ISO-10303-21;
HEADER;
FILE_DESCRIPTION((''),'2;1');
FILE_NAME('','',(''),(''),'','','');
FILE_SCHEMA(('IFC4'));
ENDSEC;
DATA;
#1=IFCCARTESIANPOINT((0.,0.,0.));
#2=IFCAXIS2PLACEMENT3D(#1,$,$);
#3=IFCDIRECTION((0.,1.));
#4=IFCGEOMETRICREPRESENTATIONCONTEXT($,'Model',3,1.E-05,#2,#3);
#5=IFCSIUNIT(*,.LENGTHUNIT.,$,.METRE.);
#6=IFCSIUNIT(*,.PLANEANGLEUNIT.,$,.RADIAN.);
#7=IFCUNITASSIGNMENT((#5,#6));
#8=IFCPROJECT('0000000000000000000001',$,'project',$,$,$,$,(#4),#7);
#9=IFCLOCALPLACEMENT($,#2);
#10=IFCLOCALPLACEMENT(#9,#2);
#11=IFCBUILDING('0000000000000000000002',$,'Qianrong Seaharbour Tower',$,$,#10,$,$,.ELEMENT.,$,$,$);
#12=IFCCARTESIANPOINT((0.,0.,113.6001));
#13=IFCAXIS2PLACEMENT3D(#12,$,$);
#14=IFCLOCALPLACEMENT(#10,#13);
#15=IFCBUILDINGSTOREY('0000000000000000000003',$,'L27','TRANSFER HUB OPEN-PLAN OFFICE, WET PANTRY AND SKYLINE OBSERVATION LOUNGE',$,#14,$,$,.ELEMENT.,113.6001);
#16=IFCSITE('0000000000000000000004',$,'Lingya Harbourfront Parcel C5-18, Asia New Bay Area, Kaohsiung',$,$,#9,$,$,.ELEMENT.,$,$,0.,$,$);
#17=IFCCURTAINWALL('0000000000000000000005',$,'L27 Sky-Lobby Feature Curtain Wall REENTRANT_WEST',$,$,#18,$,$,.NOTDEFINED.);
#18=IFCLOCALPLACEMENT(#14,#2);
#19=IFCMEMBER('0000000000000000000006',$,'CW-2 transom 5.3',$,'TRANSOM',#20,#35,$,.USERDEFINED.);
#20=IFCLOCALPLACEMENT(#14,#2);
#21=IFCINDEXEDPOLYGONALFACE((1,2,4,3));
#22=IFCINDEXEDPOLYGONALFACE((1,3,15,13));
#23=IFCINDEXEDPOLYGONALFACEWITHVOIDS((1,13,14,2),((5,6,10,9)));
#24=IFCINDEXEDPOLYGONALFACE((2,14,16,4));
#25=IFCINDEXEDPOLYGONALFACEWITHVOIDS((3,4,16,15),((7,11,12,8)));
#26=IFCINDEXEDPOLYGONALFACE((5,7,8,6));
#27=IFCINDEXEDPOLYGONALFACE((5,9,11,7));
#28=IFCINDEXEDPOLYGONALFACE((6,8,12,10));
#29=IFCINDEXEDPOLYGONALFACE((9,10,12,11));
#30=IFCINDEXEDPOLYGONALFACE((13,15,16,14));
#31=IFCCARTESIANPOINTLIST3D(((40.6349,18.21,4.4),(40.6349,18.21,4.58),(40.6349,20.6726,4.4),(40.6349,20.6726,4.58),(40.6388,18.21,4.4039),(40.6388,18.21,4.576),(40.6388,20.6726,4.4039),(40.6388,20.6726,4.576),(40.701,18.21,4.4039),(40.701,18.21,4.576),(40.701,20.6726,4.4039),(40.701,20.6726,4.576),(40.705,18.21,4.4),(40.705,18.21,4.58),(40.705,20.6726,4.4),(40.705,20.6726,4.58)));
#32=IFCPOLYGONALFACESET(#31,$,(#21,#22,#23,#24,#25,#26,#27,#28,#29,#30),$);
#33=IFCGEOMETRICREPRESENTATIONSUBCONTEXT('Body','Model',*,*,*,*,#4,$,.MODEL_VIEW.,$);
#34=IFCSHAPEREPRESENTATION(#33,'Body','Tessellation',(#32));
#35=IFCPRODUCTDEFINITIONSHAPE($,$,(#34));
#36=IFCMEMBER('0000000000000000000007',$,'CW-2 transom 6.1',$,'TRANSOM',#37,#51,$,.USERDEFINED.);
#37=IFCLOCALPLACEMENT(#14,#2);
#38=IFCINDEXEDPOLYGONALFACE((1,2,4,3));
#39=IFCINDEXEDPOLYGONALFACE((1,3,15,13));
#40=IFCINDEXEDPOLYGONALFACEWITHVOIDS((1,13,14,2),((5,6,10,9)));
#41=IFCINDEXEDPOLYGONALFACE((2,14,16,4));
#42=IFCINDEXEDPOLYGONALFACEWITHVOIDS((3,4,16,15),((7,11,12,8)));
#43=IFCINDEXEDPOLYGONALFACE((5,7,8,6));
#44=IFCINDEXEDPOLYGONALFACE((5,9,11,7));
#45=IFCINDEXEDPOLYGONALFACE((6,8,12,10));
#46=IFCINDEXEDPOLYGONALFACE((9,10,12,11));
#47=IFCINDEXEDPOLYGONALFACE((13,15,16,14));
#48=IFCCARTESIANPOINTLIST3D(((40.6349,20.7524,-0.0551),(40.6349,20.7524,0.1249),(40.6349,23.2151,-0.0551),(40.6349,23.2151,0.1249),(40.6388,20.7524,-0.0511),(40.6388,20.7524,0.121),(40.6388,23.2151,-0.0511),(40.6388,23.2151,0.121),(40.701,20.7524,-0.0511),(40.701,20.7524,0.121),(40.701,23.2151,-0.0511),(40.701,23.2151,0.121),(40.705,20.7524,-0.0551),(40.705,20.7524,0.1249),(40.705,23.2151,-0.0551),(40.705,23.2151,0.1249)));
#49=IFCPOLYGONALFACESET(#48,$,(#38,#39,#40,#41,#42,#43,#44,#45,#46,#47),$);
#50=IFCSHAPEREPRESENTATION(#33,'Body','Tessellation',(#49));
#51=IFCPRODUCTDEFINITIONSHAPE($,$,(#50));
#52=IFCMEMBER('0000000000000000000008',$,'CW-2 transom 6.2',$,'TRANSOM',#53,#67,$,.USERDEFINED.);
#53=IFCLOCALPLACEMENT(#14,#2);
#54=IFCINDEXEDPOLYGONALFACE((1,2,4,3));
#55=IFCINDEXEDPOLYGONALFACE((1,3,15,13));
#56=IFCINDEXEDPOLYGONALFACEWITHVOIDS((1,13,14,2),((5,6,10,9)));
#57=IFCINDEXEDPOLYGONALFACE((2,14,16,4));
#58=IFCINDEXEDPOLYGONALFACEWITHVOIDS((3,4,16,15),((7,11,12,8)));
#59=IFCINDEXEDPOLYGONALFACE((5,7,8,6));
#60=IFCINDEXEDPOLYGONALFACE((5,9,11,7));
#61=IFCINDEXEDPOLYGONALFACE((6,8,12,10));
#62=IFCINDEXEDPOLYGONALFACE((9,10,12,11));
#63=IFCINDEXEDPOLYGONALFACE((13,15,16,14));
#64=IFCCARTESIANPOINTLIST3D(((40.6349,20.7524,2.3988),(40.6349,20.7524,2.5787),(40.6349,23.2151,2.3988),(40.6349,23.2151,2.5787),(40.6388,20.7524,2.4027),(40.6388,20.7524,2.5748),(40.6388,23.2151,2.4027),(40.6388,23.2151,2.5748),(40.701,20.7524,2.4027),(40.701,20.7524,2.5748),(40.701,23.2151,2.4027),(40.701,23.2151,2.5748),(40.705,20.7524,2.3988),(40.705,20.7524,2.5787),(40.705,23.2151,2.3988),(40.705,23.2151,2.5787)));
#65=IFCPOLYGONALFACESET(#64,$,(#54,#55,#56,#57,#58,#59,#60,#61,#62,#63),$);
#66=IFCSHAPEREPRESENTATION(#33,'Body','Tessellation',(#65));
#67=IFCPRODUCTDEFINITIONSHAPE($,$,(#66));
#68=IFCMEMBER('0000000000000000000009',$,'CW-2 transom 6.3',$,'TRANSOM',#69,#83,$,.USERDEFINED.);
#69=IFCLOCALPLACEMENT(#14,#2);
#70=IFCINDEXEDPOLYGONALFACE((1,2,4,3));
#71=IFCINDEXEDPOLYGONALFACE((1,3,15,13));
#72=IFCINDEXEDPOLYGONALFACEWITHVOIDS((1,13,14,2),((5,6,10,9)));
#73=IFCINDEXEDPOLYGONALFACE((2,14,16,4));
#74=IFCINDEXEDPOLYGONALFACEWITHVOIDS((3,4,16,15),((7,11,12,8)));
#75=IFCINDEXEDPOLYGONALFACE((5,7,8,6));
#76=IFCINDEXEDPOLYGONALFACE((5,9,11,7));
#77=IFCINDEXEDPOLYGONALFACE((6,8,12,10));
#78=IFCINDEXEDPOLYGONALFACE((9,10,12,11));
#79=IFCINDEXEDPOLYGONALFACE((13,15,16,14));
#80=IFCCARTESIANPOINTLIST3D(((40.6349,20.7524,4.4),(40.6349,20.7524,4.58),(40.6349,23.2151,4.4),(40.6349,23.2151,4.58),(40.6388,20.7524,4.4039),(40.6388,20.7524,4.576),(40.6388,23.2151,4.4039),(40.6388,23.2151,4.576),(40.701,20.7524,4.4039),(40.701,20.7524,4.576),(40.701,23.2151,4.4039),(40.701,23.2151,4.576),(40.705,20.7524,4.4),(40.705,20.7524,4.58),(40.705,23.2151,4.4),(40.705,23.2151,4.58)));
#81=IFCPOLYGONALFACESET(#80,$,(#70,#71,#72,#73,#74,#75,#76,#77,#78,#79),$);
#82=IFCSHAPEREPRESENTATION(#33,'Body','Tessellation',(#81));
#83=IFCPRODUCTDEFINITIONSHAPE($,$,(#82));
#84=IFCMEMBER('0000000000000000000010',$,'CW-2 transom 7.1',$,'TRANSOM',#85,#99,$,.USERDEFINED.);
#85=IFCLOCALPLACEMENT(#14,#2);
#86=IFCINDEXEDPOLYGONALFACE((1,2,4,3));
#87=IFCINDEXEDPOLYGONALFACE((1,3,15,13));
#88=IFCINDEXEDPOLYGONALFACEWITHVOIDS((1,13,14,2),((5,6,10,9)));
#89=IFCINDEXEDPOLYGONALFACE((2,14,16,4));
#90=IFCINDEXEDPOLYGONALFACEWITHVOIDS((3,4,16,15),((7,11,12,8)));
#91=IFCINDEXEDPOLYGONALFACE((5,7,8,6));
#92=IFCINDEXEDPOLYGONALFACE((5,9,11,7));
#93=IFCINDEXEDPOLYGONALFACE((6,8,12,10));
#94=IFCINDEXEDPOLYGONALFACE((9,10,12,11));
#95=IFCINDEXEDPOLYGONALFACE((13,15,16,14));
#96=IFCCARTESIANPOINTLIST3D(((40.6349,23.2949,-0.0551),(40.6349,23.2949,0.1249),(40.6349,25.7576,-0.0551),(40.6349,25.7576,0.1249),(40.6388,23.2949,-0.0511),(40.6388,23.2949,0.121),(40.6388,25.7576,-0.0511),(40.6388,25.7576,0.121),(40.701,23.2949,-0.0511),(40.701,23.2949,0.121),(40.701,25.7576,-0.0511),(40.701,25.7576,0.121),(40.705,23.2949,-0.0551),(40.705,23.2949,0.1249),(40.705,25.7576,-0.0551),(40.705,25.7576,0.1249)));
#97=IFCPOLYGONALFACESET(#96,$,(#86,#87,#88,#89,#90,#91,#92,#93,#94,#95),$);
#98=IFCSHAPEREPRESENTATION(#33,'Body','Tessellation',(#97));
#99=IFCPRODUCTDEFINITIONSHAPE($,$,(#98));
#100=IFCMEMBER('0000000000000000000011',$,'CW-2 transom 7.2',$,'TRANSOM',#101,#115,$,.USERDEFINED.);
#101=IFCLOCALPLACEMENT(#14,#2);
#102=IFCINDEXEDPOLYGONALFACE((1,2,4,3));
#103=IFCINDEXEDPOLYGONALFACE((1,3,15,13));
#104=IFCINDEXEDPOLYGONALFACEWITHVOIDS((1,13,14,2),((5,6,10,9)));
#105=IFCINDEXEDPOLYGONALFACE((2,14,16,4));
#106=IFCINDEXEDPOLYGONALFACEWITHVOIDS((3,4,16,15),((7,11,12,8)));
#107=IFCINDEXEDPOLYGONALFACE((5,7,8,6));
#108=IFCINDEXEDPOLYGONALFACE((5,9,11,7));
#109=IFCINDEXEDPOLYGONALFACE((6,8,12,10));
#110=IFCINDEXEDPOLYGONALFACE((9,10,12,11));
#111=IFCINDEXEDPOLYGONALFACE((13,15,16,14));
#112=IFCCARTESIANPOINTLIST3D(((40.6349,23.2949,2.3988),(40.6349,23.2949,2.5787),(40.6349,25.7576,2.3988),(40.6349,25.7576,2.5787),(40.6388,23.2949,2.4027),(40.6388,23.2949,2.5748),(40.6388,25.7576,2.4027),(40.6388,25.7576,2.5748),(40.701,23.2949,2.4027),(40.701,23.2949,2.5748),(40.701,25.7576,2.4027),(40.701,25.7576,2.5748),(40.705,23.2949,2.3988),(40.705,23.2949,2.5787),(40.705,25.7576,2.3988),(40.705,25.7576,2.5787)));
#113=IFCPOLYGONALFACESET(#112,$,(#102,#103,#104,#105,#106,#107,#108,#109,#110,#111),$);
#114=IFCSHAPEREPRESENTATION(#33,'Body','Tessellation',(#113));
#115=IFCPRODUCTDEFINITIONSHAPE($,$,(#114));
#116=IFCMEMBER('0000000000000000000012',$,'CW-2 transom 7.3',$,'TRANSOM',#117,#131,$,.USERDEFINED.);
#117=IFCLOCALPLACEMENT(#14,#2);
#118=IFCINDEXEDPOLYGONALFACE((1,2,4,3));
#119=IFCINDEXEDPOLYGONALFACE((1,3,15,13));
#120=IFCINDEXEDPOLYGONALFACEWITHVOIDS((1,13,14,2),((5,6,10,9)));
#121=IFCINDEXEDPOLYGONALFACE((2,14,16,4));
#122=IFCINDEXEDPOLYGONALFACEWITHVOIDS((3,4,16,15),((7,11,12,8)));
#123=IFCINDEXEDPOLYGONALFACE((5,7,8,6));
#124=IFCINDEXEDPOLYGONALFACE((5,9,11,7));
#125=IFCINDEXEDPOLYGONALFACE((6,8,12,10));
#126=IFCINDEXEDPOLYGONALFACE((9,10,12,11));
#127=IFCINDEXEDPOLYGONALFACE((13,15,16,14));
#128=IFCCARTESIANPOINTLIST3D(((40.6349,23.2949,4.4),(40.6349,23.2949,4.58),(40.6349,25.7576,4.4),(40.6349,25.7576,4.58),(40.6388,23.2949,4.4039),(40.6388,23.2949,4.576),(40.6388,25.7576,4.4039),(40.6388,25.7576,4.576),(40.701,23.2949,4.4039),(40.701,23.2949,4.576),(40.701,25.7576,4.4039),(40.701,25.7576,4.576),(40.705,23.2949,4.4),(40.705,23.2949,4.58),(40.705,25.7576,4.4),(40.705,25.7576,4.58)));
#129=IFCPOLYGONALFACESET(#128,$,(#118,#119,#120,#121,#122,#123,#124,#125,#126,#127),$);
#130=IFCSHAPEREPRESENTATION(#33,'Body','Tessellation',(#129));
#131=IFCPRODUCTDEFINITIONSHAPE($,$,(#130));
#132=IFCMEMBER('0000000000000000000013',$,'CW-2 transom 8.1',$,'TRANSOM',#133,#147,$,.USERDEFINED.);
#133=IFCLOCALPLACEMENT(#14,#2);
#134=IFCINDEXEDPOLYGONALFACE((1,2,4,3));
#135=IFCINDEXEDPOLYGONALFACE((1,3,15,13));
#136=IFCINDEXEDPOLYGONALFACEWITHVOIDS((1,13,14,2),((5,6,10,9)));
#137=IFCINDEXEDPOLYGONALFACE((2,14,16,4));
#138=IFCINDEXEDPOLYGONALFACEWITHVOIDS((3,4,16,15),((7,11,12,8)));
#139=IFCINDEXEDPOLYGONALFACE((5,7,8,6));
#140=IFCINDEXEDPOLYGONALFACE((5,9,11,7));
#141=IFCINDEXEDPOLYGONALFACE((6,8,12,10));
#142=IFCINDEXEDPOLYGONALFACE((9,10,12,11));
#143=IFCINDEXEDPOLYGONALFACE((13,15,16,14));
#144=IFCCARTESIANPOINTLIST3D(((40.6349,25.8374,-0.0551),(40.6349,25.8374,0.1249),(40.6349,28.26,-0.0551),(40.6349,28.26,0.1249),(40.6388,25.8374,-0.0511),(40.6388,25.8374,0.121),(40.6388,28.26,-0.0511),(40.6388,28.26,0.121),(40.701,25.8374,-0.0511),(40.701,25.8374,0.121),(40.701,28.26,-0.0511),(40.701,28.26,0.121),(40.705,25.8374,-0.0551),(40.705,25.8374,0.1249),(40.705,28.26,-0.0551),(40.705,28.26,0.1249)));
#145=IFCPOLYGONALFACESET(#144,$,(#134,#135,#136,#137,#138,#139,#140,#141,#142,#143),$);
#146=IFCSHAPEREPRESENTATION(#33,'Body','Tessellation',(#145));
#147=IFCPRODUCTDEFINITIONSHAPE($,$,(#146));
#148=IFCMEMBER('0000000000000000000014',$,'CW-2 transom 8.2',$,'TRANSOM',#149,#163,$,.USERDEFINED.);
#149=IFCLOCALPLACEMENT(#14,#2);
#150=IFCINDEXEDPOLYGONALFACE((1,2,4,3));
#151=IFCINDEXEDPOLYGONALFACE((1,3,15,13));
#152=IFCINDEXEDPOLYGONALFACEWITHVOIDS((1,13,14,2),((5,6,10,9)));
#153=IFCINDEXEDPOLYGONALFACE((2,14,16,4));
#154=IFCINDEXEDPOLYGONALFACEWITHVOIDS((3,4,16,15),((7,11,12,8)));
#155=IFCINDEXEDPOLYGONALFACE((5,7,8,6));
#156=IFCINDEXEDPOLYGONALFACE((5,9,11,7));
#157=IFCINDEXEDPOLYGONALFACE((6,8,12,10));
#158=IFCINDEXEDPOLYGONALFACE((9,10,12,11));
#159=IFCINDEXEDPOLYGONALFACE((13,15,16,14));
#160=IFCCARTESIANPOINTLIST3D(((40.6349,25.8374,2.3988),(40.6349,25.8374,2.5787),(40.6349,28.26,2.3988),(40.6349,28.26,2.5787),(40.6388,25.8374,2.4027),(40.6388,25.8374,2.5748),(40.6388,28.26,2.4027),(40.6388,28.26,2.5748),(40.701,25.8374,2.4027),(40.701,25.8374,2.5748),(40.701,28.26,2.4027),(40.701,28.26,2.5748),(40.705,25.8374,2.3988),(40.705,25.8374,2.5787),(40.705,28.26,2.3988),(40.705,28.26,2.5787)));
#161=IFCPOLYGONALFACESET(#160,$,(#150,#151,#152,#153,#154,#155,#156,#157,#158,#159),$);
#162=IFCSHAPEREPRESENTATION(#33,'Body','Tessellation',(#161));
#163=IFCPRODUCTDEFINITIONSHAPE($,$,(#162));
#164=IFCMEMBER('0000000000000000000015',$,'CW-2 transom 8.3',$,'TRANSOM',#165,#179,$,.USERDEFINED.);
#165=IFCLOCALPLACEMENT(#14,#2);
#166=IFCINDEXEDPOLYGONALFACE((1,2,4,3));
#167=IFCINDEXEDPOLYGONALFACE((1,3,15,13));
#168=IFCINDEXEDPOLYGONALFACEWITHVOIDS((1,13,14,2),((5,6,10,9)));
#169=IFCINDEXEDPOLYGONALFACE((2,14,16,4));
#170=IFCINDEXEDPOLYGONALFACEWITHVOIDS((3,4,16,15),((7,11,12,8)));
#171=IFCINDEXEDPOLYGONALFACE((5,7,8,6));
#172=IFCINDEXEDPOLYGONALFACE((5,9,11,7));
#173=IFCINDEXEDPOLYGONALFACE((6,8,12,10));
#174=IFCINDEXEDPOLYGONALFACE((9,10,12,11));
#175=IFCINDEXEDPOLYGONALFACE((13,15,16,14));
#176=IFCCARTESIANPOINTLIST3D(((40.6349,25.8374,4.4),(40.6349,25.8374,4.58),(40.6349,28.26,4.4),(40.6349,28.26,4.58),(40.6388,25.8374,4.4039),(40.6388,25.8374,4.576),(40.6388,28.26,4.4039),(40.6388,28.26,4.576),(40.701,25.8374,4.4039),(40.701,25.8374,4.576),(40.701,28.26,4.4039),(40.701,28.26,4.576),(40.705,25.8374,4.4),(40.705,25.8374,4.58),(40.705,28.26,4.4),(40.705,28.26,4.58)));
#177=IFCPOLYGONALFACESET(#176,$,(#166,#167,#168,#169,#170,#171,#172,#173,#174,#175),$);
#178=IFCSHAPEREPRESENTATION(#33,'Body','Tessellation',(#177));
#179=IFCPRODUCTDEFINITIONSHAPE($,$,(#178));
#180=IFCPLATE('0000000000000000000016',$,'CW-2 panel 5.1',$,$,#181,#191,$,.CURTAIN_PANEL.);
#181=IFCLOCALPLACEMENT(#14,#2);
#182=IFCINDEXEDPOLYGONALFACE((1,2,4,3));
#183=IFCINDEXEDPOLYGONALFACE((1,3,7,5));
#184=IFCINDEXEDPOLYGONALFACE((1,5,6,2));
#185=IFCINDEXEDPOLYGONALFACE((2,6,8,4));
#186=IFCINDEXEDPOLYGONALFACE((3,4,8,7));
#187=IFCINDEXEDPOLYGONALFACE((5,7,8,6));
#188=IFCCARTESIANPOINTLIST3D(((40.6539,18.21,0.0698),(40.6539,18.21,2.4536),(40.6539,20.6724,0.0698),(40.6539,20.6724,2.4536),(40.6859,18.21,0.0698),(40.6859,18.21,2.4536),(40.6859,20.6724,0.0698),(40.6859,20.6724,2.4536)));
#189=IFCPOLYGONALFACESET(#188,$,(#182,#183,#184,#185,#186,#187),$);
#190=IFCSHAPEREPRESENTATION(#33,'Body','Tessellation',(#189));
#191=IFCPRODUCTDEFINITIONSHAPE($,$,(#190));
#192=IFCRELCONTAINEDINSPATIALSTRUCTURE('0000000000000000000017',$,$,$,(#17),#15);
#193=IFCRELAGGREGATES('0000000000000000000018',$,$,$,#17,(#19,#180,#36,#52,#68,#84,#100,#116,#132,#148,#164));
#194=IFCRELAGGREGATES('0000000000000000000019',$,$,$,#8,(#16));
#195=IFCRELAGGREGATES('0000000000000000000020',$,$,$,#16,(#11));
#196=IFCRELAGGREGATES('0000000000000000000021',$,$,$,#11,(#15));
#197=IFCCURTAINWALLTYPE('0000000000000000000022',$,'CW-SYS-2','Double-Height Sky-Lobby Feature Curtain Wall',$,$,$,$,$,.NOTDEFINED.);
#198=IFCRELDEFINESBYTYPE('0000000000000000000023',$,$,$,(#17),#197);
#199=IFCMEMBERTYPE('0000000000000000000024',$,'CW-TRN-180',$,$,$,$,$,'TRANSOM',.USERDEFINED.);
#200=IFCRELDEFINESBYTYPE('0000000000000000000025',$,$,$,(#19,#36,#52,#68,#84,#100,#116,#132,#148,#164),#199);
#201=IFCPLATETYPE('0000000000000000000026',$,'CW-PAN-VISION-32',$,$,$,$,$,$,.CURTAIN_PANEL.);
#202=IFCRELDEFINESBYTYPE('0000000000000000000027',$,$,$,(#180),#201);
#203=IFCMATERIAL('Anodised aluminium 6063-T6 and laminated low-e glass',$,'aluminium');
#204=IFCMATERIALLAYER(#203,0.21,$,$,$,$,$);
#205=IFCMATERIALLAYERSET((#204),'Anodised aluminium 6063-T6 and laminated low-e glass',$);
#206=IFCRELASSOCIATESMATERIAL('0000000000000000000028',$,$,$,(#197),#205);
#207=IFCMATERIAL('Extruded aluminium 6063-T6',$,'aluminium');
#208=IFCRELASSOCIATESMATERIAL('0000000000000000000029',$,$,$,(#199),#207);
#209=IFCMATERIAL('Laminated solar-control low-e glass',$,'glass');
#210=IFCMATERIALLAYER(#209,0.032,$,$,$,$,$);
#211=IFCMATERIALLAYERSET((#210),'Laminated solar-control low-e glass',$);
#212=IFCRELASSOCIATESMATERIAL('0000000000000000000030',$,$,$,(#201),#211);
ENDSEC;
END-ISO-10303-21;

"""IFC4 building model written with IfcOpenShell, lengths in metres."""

from ifc_helpers import new_model, si_unit, direction, frame, origin, origin_2d, place, context, subcontext, project, spatial, rectangle, hollow_rectangle, extrude, material, layer, layer_set, material_profile, profile_set, type_object, element, aggregate, save


model = new_model("IFC4")

# Units and contexts
model_context = context("Model", 3, precision=1e-05, world=origin(), true_north=direction((0.0, 1.0)))
body_context = subcontext(model_context, "Body", "Model", "MODEL_VIEW")
ifc_project = project(units=[si_unit("LENGTHUNIT", "METRE"), si_unit("PLANEANGLEUNIT", "RADIAN")], contexts=[model_context])

# Site, building, storey
site_placement = place(None, origin())
site = spatial("IfcSite", under=ifc_project, at=site_placement, Name="Lingya Harbourfront Parcel C5-18, Asia New Bay Area, Kaohsiung", CompositionType="ELEMENT", RefElevation=0.0)
building_placement = place(site_placement, origin())
building = spatial("IfcBuilding", under=site, at=building_placement, Name="Qianrong Seaharbour Tower", CompositionType="ELEMENT")
storey_placement = place(building_placement, frame((0.0, 0.0, 113.6001)))
storey = spatial("IfcBuildingStorey", under=building, at=storey_placement, Name="L27", Description="TRANSFER HUB OPEN-PLAN OFFICE, WET PANTRY AND SKYLINE OBSERVATION LOUNGE", CompositionType="ELEMENT", Elevation=113.6001)

# Curtain wall, members, plate
ifc_material_1 = material(Name="Anodised aluminium 6063-T6 and laminated low-e glass", Category="aluminium")
ifc_layer_1 = layer(ifc_material_1, 0.21)
ifc_layer_set_1 = layer_set([ifc_layer_1], Name="Anodised aluminium 6063-T6 and laminated low-e glass")
curtain_wall_type = type_object("IfcCurtainWallType", Name="CW-SYS-2", Description="Double-Height Sky-Lobby Feature Curtain Wall", PredefinedType="NOTDEFINED", material=ifc_layer_set_1)
curtain_wall_placement = place(storey_placement, origin())
curtain_wall = element("IfcCurtainWall", 1, at=curtain_wall_placement, inside=storey, type_object=curtain_wall_type, Name="L27 Sky-Lobby Feature Curtain Wall REENTRANT_WEST", PredefinedType="NOTDEFINED")
ifc_material_2 = material(Name="Extruded aluminium 6063-T6", Category="aluminium")
ifc_material_profile_1 = material_profile(ifc_material_2, hollow_rectangle(XDim=0.0701, YDim=0.1799, WallThickness=0.0039, at=origin_2d()), Name="ALU-TRN-180x70x4")
ifc_profile_set_1 = profile_set([ifc_material_profile_1], Name="Extruded aluminium 6063-T6")
member_type = type_object("IfcMemberType", Name="CW-TRN-180", ElementType="TRANSOM", PredefinedType="USERDEFINED", material=ifc_profile_set_1)
member_1_placement = place(storey_placement, frame((40.6699, 18.21, 4.49), z_axis=(0.0, 1.0, 0.0), x_axis=(-1.0, 0.0, 0.0)))
member_1 = element("IfcMember", 2, at=member_1_placement, type_object=member_type, Name="CW-2 transom 5.3", ObjectType="TRANSOM", PredefinedType="USERDEFINED", context=body_context, shape_type="SweptSolid", body=[
    extrude(hollow_rectangle(XDim=0.0701, YDim=0.1799, WallThickness=0.0039, at=origin_2d()), origin(), (0.0, 0.0, 1.0), 2.4626),
])
member_2_placement = place(storey_placement, frame((40.6699, 20.7524, 0.0349), z_axis=(0.0, 1.0, 0.0), x_axis=(-1.0, 0.0, 0.0)))
member_2 = element("IfcMember", 3, at=member_2_placement, type_object=member_type, Name="CW-2 transom 6.1", ObjectType="TRANSOM", PredefinedType="USERDEFINED", context=body_context, shape_type="SweptSolid", body=[
    extrude(hollow_rectangle(XDim=0.0701, YDim=0.1799, WallThickness=0.0039, at=origin_2d()), origin(), (0.0, 0.0, 1.0), 2.4626),
])
member_3_placement = place(storey_placement, frame((40.6699, 20.7524, 2.4888), z_axis=(0.0, 1.0, 0.0), x_axis=(-1.0, 0.0, 0.0)))
member_3 = element("IfcMember", 4, at=member_3_placement, type_object=member_type, Name="CW-2 transom 6.2", ObjectType="TRANSOM", PredefinedType="USERDEFINED", context=body_context, shape_type="SweptSolid", body=[
    extrude(hollow_rectangle(XDim=0.0701, YDim=0.1799, WallThickness=0.0039, at=origin_2d()), origin(), (0.0, 0.0, 1.0), 2.4626),
])
member_4_placement = place(storey_placement, frame((40.6699, 20.7524, 4.49), z_axis=(0.0, 1.0, 0.0), x_axis=(-1.0, 0.0, 0.0)))
member_4 = element("IfcMember", 5, at=member_4_placement, type_object=member_type, Name="CW-2 transom 6.3", ObjectType="TRANSOM", PredefinedType="USERDEFINED", context=body_context, shape_type="SweptSolid", body=[
    extrude(hollow_rectangle(XDim=0.0701, YDim=0.1799, WallThickness=0.0039, at=origin_2d()), origin(), (0.0, 0.0, 1.0), 2.4626),
])
member_5_placement = place(storey_placement, frame((40.6699, 23.2949, 0.0349), z_axis=(0.0, 1.0, 0.0), x_axis=(-1.0, 0.0, 0.0)))
member_5 = element("IfcMember", 6, at=member_5_placement, type_object=member_type, Name="CW-2 transom 7.1", ObjectType="TRANSOM", PredefinedType="USERDEFINED", context=body_context, shape_type="SweptSolid", body=[
    extrude(hollow_rectangle(XDim=0.0701, YDim=0.1799, WallThickness=0.0039, at=origin_2d()), origin(), (0.0, 0.0, 1.0), 2.4626),
])
member_6_placement = place(storey_placement, frame((40.6699, 23.2949, 2.4888), z_axis=(0.0, 1.0, 0.0), x_axis=(-1.0, 0.0, 0.0)))
member_6 = element("IfcMember", 7, at=member_6_placement, type_object=member_type, Name="CW-2 transom 7.2", ObjectType="TRANSOM", PredefinedType="USERDEFINED", context=body_context, shape_type="SweptSolid", body=[
    extrude(hollow_rectangle(XDim=0.0701, YDim=0.1799, WallThickness=0.0039, at=origin_2d()), origin(), (0.0, 0.0, 1.0), 2.4626),
])
member_7_placement = place(storey_placement, frame((40.6699, 23.2949, 4.49), z_axis=(0.0, 1.0, 0.0), x_axis=(-1.0, 0.0, 0.0)))
member_7 = element("IfcMember", 8, at=member_7_placement, type_object=member_type, Name="CW-2 transom 7.3", ObjectType="TRANSOM", PredefinedType="USERDEFINED", context=body_context, shape_type="SweptSolid", body=[
    extrude(hollow_rectangle(XDim=0.0701, YDim=0.1799, WallThickness=0.0039, at=origin_2d()), origin(), (0.0, 0.0, 1.0), 2.4626),
])
member_8_placement = place(storey_placement, frame((40.6699, 25.8374, 0.0349), z_axis=(0.0, 1.0, 0.0), x_axis=(-1.0, 0.0, 0.0)))
member_8 = element("IfcMember", 9, at=member_8_placement, type_object=member_type, Name="CW-2 transom 8.1", ObjectType="TRANSOM", PredefinedType="USERDEFINED", context=body_context, shape_type="SweptSolid", body=[
    extrude(hollow_rectangle(XDim=0.0701, YDim=0.1799, WallThickness=0.0039, at=origin_2d()), origin(), (0.0, 0.0, 1.0), 2.4226),
])
member_9_placement = place(storey_placement, frame((40.6699, 25.8374, 2.4888), z_axis=(0.0, 1.0, 0.0), x_axis=(-1.0, 0.0, 0.0)))
member_9 = element("IfcMember", 10, at=member_9_placement, type_object=member_type, Name="CW-2 transom 8.2", ObjectType="TRANSOM", PredefinedType="USERDEFINED", context=body_context, shape_type="SweptSolid", body=[
    extrude(hollow_rectangle(XDim=0.0701, YDim=0.1799, WallThickness=0.0039, at=origin_2d()), origin(), (0.0, 0.0, 1.0), 2.4226),
])
member_10_placement = place(storey_placement, frame((40.6699, 25.8374, 4.49), z_axis=(0.0, 1.0, 0.0), x_axis=(-1.0, 0.0, 0.0)))
member_10 = element("IfcMember", 11, at=member_10_placement, type_object=member_type, Name="CW-2 transom 8.3", ObjectType="TRANSOM", PredefinedType="USERDEFINED", context=body_context, shape_type="SweptSolid", body=[
    extrude(hollow_rectangle(XDim=0.0701, YDim=0.1799, WallThickness=0.0039, at=origin_2d()), origin(), (0.0, 0.0, 1.0), 2.4226),
])
ifc_material_3 = material(Name="Laminated solar-control low-e glass", Category="glass")
ifc_layer_2 = layer(ifc_material_3, 0.032)
ifc_layer_set_2 = layer_set([ifc_layer_2], Name="Laminated solar-control low-e glass")
plate_type = type_object("IfcPlateType", Name="CW-PAN-VISION-32", PredefinedType="CURTAIN_PANEL", material=ifc_layer_set_2)
plate_1_placement = place(storey_placement, frame((40.6699, 19.4412, 0.0698), z_axis=(0.0, 0.0, 1.0), x_axis=(0.0, 1.0, 0.0)))
plate_1 = element("IfcPlate", 12, at=plate_1_placement, type_object=plate_type, Name="CW-2 panel 5.1", PredefinedType="CURTAIN_PANEL", context=body_context, shape_type="SweptSolid", body=[
    extrude(rectangle(XDim=2.4624, YDim=0.032, at=origin_2d()), origin(), (0.0, 0.0, 1.0), 2.3838),
])
aggregate(curtain_wall, [member_1, plate_1, member_2, member_3, member_4, member_5, member_6, member_7, member_8, member_9, member_10])

save(model, "model.ifc")
